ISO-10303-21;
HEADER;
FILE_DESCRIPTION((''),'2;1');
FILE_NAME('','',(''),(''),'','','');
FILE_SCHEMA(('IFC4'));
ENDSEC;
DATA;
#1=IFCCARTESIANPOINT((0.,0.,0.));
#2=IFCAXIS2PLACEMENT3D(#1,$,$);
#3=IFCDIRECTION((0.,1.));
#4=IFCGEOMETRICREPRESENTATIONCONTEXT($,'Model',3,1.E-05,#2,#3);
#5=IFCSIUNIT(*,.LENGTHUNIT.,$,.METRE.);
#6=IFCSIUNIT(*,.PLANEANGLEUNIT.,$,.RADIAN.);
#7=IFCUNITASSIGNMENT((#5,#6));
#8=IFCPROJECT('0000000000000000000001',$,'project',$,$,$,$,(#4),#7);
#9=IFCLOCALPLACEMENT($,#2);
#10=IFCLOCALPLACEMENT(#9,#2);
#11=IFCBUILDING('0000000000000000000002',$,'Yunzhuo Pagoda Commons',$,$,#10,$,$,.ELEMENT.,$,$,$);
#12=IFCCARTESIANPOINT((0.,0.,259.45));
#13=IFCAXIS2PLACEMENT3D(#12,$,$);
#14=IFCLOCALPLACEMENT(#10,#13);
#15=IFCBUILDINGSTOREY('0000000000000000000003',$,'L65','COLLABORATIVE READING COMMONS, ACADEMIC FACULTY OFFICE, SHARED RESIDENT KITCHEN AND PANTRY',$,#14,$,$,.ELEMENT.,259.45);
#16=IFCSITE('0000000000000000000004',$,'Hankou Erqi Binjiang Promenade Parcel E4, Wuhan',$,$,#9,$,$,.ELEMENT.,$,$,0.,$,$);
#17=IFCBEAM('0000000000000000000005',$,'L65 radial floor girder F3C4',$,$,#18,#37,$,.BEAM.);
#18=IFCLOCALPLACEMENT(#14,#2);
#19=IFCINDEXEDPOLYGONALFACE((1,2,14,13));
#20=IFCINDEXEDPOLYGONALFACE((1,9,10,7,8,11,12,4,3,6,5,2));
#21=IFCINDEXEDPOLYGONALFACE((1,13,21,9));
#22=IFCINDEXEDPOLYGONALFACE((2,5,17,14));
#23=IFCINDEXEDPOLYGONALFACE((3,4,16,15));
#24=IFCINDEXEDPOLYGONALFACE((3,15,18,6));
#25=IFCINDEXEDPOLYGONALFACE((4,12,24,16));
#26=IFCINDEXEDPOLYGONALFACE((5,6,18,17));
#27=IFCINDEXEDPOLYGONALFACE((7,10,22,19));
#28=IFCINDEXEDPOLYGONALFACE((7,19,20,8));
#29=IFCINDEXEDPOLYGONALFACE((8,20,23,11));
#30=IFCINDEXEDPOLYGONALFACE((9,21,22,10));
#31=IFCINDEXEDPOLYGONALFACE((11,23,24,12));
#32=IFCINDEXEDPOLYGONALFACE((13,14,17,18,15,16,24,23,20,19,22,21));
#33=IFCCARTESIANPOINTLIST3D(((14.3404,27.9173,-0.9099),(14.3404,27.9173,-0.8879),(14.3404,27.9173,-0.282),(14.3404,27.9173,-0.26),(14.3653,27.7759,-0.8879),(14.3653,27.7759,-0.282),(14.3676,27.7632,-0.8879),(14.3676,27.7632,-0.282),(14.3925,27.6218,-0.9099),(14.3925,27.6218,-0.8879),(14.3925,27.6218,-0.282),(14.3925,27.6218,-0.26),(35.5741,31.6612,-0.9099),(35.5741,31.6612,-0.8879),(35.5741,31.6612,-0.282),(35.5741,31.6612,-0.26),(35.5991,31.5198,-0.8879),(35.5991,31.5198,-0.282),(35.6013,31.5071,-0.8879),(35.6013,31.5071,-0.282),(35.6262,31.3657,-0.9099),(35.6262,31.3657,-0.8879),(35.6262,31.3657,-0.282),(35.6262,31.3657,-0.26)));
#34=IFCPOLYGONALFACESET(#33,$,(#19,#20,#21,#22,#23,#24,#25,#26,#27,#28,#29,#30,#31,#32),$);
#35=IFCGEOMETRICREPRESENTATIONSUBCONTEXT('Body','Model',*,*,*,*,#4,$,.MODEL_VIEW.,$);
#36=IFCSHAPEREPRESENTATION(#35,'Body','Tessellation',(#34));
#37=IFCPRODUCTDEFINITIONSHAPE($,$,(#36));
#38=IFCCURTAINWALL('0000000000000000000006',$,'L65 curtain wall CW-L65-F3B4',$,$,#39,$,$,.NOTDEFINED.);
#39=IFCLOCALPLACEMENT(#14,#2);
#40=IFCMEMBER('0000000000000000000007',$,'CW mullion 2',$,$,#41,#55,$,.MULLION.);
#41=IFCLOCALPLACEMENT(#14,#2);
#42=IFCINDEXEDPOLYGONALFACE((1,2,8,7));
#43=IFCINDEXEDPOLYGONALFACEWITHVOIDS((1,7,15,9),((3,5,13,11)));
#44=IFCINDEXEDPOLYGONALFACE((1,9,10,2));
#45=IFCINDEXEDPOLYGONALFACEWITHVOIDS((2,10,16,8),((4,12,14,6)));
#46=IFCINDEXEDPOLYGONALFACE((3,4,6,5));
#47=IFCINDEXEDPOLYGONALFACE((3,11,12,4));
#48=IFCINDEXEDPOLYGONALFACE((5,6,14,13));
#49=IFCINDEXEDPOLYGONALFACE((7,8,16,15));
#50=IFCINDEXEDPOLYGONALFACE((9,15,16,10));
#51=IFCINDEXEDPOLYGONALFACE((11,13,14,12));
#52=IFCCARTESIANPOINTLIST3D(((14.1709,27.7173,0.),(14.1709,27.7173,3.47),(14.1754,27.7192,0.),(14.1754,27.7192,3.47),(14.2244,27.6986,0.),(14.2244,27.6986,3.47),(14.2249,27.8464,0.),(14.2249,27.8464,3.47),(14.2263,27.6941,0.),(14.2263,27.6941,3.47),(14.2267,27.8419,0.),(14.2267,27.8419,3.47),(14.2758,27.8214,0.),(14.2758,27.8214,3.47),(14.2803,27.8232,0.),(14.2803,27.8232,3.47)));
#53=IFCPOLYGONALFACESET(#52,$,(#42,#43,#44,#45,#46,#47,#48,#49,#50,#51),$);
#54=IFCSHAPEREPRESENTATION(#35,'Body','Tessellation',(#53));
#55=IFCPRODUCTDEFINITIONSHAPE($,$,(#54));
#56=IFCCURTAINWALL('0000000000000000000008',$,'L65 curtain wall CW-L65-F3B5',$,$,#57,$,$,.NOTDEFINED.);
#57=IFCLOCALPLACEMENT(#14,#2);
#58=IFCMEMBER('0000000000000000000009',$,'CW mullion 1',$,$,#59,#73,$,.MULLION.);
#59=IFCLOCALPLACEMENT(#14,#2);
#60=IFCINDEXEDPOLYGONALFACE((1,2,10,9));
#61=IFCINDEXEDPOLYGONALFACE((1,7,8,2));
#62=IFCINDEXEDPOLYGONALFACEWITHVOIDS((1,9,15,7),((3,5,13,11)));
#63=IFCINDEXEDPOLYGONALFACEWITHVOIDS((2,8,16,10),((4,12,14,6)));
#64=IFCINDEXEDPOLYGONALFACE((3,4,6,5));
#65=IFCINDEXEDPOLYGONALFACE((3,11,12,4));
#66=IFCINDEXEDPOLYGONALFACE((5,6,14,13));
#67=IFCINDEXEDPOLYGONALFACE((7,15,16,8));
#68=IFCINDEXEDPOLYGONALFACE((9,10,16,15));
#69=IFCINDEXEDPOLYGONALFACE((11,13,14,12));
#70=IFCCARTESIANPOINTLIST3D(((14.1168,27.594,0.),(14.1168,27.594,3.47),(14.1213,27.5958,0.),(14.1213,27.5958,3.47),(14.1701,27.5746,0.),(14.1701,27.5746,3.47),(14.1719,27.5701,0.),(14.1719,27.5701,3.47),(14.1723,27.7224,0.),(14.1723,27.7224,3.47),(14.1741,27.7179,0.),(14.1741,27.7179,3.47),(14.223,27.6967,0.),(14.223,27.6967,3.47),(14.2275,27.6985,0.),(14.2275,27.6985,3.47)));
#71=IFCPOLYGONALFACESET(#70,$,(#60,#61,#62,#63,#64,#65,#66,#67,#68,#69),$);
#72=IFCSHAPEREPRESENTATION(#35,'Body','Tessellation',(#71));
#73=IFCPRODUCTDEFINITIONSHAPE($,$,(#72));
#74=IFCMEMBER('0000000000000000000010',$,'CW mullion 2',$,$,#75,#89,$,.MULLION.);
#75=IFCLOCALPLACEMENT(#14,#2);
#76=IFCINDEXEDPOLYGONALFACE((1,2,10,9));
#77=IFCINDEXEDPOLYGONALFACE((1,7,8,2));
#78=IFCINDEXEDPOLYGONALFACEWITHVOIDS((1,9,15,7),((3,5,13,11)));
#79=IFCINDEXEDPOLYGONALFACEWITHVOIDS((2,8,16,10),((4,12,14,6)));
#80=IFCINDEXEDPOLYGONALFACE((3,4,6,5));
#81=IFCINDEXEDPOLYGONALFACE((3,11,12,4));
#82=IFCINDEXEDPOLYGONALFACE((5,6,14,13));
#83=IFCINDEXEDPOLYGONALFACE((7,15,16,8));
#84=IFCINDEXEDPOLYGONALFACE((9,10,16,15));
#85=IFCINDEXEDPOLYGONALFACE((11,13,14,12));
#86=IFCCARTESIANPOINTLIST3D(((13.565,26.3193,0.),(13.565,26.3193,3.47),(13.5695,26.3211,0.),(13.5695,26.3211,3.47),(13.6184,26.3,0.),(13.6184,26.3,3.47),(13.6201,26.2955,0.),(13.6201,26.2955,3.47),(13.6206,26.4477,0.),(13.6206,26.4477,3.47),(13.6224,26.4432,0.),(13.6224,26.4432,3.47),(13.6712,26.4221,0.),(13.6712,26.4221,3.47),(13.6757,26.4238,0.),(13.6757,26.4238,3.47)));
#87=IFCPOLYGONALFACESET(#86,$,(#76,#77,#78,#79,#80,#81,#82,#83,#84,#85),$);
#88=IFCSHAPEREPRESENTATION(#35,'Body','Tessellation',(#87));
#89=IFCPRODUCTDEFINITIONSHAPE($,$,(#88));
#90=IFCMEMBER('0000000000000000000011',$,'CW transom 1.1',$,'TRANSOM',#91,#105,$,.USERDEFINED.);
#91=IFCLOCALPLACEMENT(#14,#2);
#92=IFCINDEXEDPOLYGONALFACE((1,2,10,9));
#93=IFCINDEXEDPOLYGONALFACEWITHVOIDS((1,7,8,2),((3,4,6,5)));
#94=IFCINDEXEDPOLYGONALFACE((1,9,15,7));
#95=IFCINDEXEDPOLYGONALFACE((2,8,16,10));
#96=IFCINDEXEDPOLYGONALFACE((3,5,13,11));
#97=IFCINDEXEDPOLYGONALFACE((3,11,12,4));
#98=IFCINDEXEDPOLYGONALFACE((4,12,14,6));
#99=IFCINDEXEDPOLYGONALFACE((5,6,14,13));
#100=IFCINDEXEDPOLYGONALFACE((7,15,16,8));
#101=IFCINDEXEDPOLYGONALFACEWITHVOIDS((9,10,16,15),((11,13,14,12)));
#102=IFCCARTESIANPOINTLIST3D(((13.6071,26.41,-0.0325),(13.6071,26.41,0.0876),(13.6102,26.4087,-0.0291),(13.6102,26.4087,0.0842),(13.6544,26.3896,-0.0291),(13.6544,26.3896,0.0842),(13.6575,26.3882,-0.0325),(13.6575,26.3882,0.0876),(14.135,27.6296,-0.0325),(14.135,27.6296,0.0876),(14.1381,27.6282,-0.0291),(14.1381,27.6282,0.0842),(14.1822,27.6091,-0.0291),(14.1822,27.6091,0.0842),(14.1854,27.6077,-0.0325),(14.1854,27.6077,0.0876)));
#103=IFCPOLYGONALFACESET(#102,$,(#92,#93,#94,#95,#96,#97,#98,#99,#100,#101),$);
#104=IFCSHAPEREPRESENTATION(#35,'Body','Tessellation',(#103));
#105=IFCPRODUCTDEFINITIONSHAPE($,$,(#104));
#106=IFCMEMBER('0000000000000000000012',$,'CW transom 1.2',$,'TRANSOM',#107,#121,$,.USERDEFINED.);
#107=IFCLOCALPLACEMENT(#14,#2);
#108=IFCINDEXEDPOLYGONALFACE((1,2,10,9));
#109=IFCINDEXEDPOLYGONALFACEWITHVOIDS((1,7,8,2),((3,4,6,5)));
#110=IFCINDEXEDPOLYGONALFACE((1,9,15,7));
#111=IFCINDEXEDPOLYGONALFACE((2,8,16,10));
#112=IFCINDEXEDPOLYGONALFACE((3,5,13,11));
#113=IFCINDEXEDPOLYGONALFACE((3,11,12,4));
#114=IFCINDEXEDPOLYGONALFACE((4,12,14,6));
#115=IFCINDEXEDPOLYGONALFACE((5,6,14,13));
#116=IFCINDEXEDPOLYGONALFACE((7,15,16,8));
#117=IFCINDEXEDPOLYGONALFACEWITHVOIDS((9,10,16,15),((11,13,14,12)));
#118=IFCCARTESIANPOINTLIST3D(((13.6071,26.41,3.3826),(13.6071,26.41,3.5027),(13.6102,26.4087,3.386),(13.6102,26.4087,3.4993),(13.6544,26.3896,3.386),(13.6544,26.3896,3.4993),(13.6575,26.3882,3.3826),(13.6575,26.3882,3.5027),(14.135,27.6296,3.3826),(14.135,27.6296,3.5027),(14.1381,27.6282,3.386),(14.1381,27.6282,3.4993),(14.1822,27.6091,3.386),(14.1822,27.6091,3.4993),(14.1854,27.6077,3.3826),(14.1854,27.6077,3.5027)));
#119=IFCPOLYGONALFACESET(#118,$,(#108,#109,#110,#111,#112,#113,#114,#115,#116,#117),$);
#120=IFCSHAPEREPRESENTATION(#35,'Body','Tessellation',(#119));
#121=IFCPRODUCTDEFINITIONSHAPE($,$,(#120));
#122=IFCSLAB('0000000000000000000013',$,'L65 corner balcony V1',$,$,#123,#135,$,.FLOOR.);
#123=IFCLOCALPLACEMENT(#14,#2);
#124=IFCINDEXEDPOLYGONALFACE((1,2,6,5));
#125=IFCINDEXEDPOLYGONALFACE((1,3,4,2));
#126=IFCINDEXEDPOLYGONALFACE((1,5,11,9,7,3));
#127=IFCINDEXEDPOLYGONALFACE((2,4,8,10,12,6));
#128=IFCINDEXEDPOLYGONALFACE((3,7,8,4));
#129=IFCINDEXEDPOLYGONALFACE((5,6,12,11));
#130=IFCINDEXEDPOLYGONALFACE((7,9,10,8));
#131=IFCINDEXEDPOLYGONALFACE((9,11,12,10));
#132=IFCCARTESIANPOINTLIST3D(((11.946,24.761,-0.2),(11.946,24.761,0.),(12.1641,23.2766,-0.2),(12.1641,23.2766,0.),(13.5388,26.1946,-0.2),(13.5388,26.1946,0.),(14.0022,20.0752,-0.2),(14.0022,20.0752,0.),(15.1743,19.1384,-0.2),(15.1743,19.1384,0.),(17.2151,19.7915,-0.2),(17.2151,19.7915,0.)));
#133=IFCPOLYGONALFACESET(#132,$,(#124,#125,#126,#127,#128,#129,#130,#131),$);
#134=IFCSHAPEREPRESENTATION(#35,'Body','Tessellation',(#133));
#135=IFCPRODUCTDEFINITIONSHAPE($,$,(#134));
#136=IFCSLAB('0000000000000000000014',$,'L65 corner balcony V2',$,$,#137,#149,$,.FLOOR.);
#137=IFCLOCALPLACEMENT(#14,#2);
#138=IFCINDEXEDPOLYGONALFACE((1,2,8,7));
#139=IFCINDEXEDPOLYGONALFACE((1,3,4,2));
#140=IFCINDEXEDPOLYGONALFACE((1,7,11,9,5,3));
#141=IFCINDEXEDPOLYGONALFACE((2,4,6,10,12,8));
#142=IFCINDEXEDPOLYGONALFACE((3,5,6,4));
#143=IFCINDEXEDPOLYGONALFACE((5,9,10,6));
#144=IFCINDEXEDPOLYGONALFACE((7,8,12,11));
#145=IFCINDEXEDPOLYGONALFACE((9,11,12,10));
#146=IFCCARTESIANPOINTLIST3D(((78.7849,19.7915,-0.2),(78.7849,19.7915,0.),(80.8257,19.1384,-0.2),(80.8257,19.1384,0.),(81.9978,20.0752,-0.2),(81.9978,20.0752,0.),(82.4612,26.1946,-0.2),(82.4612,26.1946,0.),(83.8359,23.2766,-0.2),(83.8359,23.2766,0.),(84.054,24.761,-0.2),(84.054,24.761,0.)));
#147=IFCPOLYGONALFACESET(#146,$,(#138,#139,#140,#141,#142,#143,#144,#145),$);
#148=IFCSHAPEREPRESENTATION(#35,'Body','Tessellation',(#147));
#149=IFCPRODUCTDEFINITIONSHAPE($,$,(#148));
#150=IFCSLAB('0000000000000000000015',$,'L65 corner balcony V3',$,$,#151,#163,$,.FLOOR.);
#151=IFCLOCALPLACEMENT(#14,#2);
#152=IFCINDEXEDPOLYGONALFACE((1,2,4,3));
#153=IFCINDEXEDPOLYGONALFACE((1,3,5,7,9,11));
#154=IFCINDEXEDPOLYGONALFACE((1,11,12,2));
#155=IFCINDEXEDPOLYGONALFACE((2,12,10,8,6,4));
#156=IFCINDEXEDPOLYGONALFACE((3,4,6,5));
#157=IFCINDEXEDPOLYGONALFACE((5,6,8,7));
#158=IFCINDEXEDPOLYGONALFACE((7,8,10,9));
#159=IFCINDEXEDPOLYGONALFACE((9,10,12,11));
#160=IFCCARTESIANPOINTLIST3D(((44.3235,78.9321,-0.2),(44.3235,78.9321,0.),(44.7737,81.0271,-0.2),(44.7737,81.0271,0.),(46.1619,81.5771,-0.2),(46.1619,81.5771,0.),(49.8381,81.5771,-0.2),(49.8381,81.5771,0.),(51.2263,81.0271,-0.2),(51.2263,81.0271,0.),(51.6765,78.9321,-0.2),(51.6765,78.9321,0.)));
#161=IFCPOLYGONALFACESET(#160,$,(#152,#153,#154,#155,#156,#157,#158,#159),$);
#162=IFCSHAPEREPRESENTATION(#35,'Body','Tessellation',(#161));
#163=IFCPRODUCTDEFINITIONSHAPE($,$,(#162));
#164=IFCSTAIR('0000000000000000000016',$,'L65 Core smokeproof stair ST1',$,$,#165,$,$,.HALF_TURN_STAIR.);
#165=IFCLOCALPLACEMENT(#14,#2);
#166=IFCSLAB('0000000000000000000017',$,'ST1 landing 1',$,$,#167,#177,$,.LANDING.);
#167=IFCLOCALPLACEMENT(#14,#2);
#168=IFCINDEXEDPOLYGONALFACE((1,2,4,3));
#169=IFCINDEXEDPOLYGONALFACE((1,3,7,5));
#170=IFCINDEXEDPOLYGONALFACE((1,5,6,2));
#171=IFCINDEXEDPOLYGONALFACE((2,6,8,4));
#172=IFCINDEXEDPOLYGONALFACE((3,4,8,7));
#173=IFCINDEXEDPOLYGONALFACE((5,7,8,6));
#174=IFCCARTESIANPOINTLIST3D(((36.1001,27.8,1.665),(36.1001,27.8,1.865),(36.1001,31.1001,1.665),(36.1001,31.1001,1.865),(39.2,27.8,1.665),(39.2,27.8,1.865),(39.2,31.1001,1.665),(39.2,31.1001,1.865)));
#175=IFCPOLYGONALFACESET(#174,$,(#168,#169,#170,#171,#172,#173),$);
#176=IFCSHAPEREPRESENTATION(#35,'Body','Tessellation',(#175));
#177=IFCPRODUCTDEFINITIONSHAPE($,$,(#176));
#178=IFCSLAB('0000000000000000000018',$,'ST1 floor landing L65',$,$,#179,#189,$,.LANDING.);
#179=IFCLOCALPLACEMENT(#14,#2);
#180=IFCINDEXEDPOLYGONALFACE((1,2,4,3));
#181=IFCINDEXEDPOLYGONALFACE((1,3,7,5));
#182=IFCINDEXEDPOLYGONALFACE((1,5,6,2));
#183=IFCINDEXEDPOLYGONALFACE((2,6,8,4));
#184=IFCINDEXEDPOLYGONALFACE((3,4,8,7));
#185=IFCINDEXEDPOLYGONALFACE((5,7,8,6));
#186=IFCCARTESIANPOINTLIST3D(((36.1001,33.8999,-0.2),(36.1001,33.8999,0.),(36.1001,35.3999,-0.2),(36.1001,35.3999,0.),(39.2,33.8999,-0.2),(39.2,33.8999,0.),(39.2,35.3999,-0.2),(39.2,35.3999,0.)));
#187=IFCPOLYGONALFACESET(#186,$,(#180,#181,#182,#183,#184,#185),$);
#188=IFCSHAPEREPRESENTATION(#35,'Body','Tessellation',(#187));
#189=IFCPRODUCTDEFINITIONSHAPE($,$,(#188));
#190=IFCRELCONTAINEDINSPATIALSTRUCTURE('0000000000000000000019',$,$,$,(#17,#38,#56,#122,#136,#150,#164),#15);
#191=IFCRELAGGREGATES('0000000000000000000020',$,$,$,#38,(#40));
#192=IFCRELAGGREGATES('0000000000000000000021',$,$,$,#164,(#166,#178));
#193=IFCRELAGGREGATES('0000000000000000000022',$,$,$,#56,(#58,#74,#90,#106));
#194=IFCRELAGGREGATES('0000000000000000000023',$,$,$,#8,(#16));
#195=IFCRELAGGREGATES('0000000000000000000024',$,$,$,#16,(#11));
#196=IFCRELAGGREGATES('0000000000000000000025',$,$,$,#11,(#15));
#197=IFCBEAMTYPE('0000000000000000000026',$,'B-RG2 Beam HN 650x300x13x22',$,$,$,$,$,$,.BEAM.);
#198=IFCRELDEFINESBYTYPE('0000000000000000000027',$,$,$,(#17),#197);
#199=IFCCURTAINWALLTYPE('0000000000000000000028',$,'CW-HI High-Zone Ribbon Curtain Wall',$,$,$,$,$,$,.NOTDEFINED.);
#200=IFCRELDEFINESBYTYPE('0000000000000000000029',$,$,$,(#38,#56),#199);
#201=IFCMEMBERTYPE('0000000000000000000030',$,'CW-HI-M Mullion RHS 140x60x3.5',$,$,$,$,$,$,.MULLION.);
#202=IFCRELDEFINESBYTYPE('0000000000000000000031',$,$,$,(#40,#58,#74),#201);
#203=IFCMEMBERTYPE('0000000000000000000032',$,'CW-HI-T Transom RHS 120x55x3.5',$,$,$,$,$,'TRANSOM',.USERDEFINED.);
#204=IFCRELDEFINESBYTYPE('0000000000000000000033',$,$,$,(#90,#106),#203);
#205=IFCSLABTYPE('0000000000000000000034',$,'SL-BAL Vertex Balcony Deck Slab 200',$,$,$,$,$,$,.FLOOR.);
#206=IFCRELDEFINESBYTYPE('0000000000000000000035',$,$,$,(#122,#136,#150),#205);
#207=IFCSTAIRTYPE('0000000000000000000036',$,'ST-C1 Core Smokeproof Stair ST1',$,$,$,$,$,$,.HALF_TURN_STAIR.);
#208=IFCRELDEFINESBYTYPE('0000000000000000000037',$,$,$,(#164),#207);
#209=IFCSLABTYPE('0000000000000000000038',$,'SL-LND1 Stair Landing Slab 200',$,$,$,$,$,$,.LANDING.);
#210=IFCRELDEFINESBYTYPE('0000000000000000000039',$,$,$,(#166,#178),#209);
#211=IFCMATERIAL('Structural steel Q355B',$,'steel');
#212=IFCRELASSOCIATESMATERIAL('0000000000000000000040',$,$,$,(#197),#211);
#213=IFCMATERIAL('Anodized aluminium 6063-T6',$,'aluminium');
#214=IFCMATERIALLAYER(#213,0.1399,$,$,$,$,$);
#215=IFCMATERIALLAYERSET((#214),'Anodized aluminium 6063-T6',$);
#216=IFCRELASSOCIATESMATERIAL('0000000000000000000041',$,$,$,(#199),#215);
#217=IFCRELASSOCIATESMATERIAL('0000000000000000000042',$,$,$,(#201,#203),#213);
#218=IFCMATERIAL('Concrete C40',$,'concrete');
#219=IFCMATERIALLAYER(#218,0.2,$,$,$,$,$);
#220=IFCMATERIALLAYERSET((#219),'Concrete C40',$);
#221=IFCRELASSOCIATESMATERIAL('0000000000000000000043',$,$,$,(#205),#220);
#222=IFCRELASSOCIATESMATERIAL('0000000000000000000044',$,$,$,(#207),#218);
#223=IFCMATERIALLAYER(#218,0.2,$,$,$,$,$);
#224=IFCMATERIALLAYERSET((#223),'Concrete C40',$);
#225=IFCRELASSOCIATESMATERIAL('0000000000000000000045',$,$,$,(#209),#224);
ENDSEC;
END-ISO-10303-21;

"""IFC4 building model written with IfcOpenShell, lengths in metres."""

from ifc_helpers import new_model, si_unit, direction, frame, origin, origin_2d, place, context, subcontext, project, spatial, polyline, hollow_rectangle, i_section, outline, extrude, source, transform, mapped, material, layer, layer_set, material_profile, profile_set, type_object, element, aggregate, save


model = new_model("IFC4")

# Units and contexts
model_context = context("Model", 3, precision=1e-05, world=origin(), true_north=direction((0.0, 1.0)))
body_context = subcontext(model_context, "Body", "Model", "MODEL_VIEW")
ifc_project = project(units=[si_unit("LENGTHUNIT", "METRE"), si_unit("PLANEANGLEUNIT", "RADIAN")], contexts=[model_context])

# Site, building, storey
site_placement = place(None, origin())
site = spatial("IfcSite", under=ifc_project, at=site_placement, Name="Hankou Erqi Binjiang Promenade Parcel E4, Wuhan", CompositionType="ELEMENT", RefElevation=0.0)
building_placement = place(site_placement, origin())
building = spatial("IfcBuilding", under=site, at=building_placement, Name="Yunzhuo Pagoda Commons", CompositionType="ELEMENT")
storey_placement = place(building_placement, frame((0.0, 0.0, 259.45)))
storey = spatial("IfcBuildingStorey", under=building, at=storey_placement, Name="L65", Description="COLLABORATIVE READING COMMONS, ACADEMIC FACULTY OFFICE, SHARED RESIDENT KITCHEN AND PANTRY", CompositionType="ELEMENT", Elevation=259.45)

# Beam
ifc_material_1 = material(Name="Structural steel Q355B", Category="steel")
ifc_material_profile_1 = material_profile(ifc_material_1, i_section(OverallWidth=0.3, OverallDepth=0.6499, WebThickness=0.0129, FlangeThickness=0.022, at=origin_2d()), Name="Structural steel Q355B")
ifc_profile_set_1 = profile_set([ifc_material_profile_1], Name="Structural steel Q355B")
beam_type = type_object("IfcBeamType", Name="B-RG2 Beam HN 650x300x13x22", PredefinedType="BEAM", material=ifc_profile_set_1)
shared_shape_1 = source(origin(), body_context, "Body", "SweptSolid", [
    extrude(i_section(OverallWidth=0.3, OverallDepth=0.6499, WebThickness=0.0129, FlangeThickness=0.022, at=origin_2d()), origin(), (0.0, 0.0, 1.0), 21.5613),
])
beam_placement = place(storey_placement, frame((14.3665, 27.7695, -0.585), z_axis=(0.984809, 0.173641, 0.0), x_axis=(-0.173641, 0.984809, 0.0)))
element("IfcBeam", 1, at=beam_placement, inside=storey, type_object=beam_type, Name="L65 radial floor girder F3C4", PredefinedType="BEAM", context=body_context, shape_type="MappedRepresentation", body=[
    mapped(shared_shape_1, transform((0.0, 0.0, 0.0), scale=1.0)),
])

# Curtain wall, member
ifc_material_2 = material(Name="Anodized aluminium 6063-T6", Category="aluminium")
ifc_layer_1 = layer(ifc_material_2, 0.1399)
ifc_layer_set_1 = layer_set([ifc_layer_1], Name="Anodized aluminium 6063-T6")
curtain_wall_type = type_object("IfcCurtainWallType", Name="CW-HI High-Zone Ribbon Curtain Wall", PredefinedType="NOTDEFINED", material=ifc_layer_set_1)
curtain_wall_1_placement = place(storey_placement, origin())
curtain_wall_1 = element("IfcCurtainWall", 2, at=curtain_wall_1_placement, inside=storey, type_object=curtain_wall_type, Name="L65 curtain wall CW-L65-F3B4", PredefinedType="NOTDEFINED")
ifc_material_profile_2 = material_profile(ifc_material_2, hollow_rectangle(XDim=0.0601, YDim=0.1399, WallThickness=0.0034, at=origin_2d()), Name="Anodized aluminium 6063-T6")
ifc_profile_set_2 = profile_set([ifc_material_profile_2], Name="Anodized aluminium 6063-T6")
member_type_1 = type_object("IfcMemberType", Name="CW-HI-M Mullion RHS 140x60x3.5", PredefinedType="MULLION", material=ifc_profile_set_2)
shared_shape_2 = source(origin(), body_context, "Body", "SweptSolid", [
    extrude(hollow_rectangle(XDim=0.0601, YDim=0.1399, WallThickness=0.0034, at=origin_2d()), origin(), (0.0, 0.0, 1.0), 3.47),
])
member_1_placement = place(storey_placement, frame((14.2256, 27.7703, 0.0), z_axis=(0.0, 0.0, 1.0), x_axis=(0.922451, -0.386115, 0.0)))
member_1 = element("IfcMember", 3, at=member_1_placement, type_object=member_type_1, Name="CW mullion 2", PredefinedType="MULLION", context=body_context, shape_type="MappedRepresentation", body=[
    mapped(shared_shape_2, transform((0.0, 0.0, 0.0), scale=1.0)),
])
aggregate(curtain_wall_1, [member_1])

# Curtain wall, members
curtain_wall_2_placement = place(storey_placement, origin())
curtain_wall_2 = element("IfcCurtainWall", 4, at=curtain_wall_2_placement, inside=storey, type_object=curtain_wall_type, Name="L65 curtain wall CW-L65-F3B5", PredefinedType="NOTDEFINED")
member_2_placement = place(storey_placement, frame((14.1721, 27.6462, 0.0), z_axis=(0.0, 0.0, 1.0), x_axis=(0.917707, -0.397257, 0.0)))
member_2 = element("IfcMember", 5, at=member_2_placement, type_object=member_type_1, Name="CW mullion 1", PredefinedType="MULLION", context=body_context, shape_type="MappedRepresentation", body=[
    mapped(shared_shape_2, transform((0.0, 0.0, 0.0), scale=1.0)),
])
member_3_placement = place(storey_placement, frame((13.6204, 26.3716, 0.0), z_axis=(0.0, 0.0, 1.0), x_axis=(0.917707, -0.397257, 0.0)))
member_3 = element("IfcMember", 6, at=member_3_placement, type_object=member_type_1, Name="CW mullion 2", PredefinedType="MULLION", context=body_context, shape_type="MappedRepresentation", body=[
    mapped(shared_shape_2, transform((0.0, 0.0, 0.0), scale=1.0)),
])
ifc_material_profile_3 = material_profile(ifc_material_2, hollow_rectangle(XDim=0.0549, YDim=0.1201, WallThickness=0.0034, at=origin_2d()), Name="Anodized aluminium 6063-T6")
ifc_profile_set_3 = profile_set([ifc_material_profile_3], Name="Anodized aluminium 6063-T6")
member_type_2 = type_object("IfcMemberType", Name="CW-HI-T Transom RHS 120x55x3.5", ElementType="TRANSOM", PredefinedType="USERDEFINED", material=ifc_profile_set_3)
shared_shape_3 = source(origin(), body_context, "Body", "SweptSolid", [
    extrude(hollow_rectangle(XDim=0.0549, YDim=0.1201, WallThickness=0.0034, at=origin_2d()), origin(), (0.0, 0.0, 1.0), 1.3289),
])
member_4_placement = place(storey_placement, frame((14.1602, 27.6187, 0.0276), z_axis=(-0.397221, -0.917723, 0.0), x_axis=(0.917723, -0.397221, 0.0)))
member_4 = element("IfcMember", 7, at=member_4_placement, type_object=member_type_2, Name="CW transom 1.1", ObjectType="TRANSOM", PredefinedType="USERDEFINED", context=body_context, shape_type="MappedRepresentation", body=[
    mapped(shared_shape_3, transform((0.0, 0.0, 0.0), scale=1.0)),
])
member_5_placement = place(storey_placement, frame((14.1602, 27.6187, 3.4426), z_axis=(-0.397221, -0.917723, 0.0), x_axis=(0.917723, -0.397221, 0.0)))
member_5 = element("IfcMember", 8, at=member_5_placement, type_object=member_type_2, Name="CW transom 1.2", ObjectType="TRANSOM", PredefinedType="USERDEFINED", context=body_context, shape_type="MappedRepresentation", body=[
    mapped(shared_shape_3, transform((0.0, 0.0, 0.0), scale=1.0)),
])

# Slabs
ifc_material_3 = material(Name="Concrete C40", Category="concrete")
ifc_layer_2 = layer(ifc_material_3, 0.2)
ifc_layer_set_2 = layer_set([ifc_layer_2], Name="Concrete C40")
slab_type_1 = type_object("IfcSlabType", Name="SL-BAL Vertex Balcony Deck Slab 200", PredefinedType="FLOOR", material=ifc_layer_set_2)
slab_1_placement = place(storey_placement, frame((0.0, 0.0, -0.2)))
element("IfcSlab", 9, at=slab_1_placement, inside=storey, type_object=slab_type_1, Name="L65 corner balcony V1", PredefinedType="FLOOR", context=body_context, shape_type="SweptSolid", body=[
    extrude(outline(polyline([(13.5388, 26.1946), (17.2151, 19.7915), (15.1743, 19.1384), (14.0022, 20.0752), (12.1641, 23.2766), (11.946, 24.761), (13.5388, 26.1946)])), origin(), (0.0, 0.0, 1.0), 0.2),
])
slab_2_placement = place(storey_placement, frame((0.0, 0.0, -0.2)))
element("IfcSlab", 10, at=slab_2_placement, inside=storey, type_object=slab_type_1, Name="L65 corner balcony V2", PredefinedType="FLOOR", context=body_context, shape_type="SweptSolid", body=[
    extrude(outline(polyline([(78.7849, 19.7915), (82.4612, 26.1946), (84.054, 24.761), (83.8359, 23.2766), (81.9978, 20.0752), (80.8257, 19.1384), (78.7849, 19.7915)])), origin(), (0.0, 0.0, 1.0), 0.2),
])
slab_3_placement = place(storey_placement, frame((0.0, 0.0, -0.2)))
element("IfcSlab", 11, at=slab_3_placement, inside=storey, type_object=slab_type_1, Name="L65 corner balcony V3", PredefinedType="FLOOR", context=body_context, shape_type="SweptSolid", body=[
    extrude(outline(polyline([(51.6765, 78.9321), (44.3235, 78.9321), (44.7737, 81.0271), (46.1619, 81.5771), (49.8381, 81.5771), (51.2263, 81.0271), (51.6765, 78.9321)])), origin(), (0.0, 0.0, 1.0), 0.2),
])

# Stair, slabs
stair_type_1 = type_object("IfcStairType", Name="ST-C1 Core Smokeproof Stair ST1", PredefinedType="HALF_TURN_STAIR", material=ifc_material_3)
stair_1_placement = place(storey_placement, origin())
stair_1 = element("IfcStair", 12, at=stair_1_placement, inside=storey, type_object=stair_type_1, Name="L65 Core smokeproof stair ST1", PredefinedType="HALF_TURN_STAIR")
ifc_layer_3 = layer(ifc_material_3, 0.2)
ifc_layer_set_3 = layer_set([ifc_layer_3], Name="Concrete C40")
slab_type_2 = type_object("IfcSlabType", Name="SL-LND1 Stair Landing Slab 200", PredefinedType="LANDING", material=ifc_layer_set_3)
slab_4_placement = place(storey_placement, frame((0.0, 0.0, 1.665)))
slab_4 = element("IfcSlab", 13, at=slab_4_placement, type_object=slab_type_2, Name="ST1 landing 1", PredefinedType="LANDING", context=body_context, shape_type="SweptSolid", body=[
    extrude(outline(polyline([(36.1001, 31.1001), (36.1001, 27.8), (39.2, 27.8), (39.2, 31.1001), (36.1001, 31.1001)])), origin(), (0.0, 0.0, 1.0), 0.2),
])
slab_5_placement = place(storey_placement, frame((0.0, 0.0, -0.2)))
slab_5 = element("IfcSlab", 14, at=slab_5_placement, type_object=slab_type_2, Name="ST1 floor landing L65", PredefinedType="LANDING", context=body_context, shape_type="SweptSolid", body=[
    extrude(outline(polyline([(36.1001, 35.3999), (36.1001, 33.8999), (39.2, 33.8999), (39.2, 35.3999), (36.1001, 35.3999)])), origin(), (0.0, 0.0, 1.0), 0.2),
])
aggregate(stair_1, [slab_4, slab_5])

aggregate(curtain_wall_2, [member_2, member_3, member_4, member_5])

save(model, "model.ifc")
